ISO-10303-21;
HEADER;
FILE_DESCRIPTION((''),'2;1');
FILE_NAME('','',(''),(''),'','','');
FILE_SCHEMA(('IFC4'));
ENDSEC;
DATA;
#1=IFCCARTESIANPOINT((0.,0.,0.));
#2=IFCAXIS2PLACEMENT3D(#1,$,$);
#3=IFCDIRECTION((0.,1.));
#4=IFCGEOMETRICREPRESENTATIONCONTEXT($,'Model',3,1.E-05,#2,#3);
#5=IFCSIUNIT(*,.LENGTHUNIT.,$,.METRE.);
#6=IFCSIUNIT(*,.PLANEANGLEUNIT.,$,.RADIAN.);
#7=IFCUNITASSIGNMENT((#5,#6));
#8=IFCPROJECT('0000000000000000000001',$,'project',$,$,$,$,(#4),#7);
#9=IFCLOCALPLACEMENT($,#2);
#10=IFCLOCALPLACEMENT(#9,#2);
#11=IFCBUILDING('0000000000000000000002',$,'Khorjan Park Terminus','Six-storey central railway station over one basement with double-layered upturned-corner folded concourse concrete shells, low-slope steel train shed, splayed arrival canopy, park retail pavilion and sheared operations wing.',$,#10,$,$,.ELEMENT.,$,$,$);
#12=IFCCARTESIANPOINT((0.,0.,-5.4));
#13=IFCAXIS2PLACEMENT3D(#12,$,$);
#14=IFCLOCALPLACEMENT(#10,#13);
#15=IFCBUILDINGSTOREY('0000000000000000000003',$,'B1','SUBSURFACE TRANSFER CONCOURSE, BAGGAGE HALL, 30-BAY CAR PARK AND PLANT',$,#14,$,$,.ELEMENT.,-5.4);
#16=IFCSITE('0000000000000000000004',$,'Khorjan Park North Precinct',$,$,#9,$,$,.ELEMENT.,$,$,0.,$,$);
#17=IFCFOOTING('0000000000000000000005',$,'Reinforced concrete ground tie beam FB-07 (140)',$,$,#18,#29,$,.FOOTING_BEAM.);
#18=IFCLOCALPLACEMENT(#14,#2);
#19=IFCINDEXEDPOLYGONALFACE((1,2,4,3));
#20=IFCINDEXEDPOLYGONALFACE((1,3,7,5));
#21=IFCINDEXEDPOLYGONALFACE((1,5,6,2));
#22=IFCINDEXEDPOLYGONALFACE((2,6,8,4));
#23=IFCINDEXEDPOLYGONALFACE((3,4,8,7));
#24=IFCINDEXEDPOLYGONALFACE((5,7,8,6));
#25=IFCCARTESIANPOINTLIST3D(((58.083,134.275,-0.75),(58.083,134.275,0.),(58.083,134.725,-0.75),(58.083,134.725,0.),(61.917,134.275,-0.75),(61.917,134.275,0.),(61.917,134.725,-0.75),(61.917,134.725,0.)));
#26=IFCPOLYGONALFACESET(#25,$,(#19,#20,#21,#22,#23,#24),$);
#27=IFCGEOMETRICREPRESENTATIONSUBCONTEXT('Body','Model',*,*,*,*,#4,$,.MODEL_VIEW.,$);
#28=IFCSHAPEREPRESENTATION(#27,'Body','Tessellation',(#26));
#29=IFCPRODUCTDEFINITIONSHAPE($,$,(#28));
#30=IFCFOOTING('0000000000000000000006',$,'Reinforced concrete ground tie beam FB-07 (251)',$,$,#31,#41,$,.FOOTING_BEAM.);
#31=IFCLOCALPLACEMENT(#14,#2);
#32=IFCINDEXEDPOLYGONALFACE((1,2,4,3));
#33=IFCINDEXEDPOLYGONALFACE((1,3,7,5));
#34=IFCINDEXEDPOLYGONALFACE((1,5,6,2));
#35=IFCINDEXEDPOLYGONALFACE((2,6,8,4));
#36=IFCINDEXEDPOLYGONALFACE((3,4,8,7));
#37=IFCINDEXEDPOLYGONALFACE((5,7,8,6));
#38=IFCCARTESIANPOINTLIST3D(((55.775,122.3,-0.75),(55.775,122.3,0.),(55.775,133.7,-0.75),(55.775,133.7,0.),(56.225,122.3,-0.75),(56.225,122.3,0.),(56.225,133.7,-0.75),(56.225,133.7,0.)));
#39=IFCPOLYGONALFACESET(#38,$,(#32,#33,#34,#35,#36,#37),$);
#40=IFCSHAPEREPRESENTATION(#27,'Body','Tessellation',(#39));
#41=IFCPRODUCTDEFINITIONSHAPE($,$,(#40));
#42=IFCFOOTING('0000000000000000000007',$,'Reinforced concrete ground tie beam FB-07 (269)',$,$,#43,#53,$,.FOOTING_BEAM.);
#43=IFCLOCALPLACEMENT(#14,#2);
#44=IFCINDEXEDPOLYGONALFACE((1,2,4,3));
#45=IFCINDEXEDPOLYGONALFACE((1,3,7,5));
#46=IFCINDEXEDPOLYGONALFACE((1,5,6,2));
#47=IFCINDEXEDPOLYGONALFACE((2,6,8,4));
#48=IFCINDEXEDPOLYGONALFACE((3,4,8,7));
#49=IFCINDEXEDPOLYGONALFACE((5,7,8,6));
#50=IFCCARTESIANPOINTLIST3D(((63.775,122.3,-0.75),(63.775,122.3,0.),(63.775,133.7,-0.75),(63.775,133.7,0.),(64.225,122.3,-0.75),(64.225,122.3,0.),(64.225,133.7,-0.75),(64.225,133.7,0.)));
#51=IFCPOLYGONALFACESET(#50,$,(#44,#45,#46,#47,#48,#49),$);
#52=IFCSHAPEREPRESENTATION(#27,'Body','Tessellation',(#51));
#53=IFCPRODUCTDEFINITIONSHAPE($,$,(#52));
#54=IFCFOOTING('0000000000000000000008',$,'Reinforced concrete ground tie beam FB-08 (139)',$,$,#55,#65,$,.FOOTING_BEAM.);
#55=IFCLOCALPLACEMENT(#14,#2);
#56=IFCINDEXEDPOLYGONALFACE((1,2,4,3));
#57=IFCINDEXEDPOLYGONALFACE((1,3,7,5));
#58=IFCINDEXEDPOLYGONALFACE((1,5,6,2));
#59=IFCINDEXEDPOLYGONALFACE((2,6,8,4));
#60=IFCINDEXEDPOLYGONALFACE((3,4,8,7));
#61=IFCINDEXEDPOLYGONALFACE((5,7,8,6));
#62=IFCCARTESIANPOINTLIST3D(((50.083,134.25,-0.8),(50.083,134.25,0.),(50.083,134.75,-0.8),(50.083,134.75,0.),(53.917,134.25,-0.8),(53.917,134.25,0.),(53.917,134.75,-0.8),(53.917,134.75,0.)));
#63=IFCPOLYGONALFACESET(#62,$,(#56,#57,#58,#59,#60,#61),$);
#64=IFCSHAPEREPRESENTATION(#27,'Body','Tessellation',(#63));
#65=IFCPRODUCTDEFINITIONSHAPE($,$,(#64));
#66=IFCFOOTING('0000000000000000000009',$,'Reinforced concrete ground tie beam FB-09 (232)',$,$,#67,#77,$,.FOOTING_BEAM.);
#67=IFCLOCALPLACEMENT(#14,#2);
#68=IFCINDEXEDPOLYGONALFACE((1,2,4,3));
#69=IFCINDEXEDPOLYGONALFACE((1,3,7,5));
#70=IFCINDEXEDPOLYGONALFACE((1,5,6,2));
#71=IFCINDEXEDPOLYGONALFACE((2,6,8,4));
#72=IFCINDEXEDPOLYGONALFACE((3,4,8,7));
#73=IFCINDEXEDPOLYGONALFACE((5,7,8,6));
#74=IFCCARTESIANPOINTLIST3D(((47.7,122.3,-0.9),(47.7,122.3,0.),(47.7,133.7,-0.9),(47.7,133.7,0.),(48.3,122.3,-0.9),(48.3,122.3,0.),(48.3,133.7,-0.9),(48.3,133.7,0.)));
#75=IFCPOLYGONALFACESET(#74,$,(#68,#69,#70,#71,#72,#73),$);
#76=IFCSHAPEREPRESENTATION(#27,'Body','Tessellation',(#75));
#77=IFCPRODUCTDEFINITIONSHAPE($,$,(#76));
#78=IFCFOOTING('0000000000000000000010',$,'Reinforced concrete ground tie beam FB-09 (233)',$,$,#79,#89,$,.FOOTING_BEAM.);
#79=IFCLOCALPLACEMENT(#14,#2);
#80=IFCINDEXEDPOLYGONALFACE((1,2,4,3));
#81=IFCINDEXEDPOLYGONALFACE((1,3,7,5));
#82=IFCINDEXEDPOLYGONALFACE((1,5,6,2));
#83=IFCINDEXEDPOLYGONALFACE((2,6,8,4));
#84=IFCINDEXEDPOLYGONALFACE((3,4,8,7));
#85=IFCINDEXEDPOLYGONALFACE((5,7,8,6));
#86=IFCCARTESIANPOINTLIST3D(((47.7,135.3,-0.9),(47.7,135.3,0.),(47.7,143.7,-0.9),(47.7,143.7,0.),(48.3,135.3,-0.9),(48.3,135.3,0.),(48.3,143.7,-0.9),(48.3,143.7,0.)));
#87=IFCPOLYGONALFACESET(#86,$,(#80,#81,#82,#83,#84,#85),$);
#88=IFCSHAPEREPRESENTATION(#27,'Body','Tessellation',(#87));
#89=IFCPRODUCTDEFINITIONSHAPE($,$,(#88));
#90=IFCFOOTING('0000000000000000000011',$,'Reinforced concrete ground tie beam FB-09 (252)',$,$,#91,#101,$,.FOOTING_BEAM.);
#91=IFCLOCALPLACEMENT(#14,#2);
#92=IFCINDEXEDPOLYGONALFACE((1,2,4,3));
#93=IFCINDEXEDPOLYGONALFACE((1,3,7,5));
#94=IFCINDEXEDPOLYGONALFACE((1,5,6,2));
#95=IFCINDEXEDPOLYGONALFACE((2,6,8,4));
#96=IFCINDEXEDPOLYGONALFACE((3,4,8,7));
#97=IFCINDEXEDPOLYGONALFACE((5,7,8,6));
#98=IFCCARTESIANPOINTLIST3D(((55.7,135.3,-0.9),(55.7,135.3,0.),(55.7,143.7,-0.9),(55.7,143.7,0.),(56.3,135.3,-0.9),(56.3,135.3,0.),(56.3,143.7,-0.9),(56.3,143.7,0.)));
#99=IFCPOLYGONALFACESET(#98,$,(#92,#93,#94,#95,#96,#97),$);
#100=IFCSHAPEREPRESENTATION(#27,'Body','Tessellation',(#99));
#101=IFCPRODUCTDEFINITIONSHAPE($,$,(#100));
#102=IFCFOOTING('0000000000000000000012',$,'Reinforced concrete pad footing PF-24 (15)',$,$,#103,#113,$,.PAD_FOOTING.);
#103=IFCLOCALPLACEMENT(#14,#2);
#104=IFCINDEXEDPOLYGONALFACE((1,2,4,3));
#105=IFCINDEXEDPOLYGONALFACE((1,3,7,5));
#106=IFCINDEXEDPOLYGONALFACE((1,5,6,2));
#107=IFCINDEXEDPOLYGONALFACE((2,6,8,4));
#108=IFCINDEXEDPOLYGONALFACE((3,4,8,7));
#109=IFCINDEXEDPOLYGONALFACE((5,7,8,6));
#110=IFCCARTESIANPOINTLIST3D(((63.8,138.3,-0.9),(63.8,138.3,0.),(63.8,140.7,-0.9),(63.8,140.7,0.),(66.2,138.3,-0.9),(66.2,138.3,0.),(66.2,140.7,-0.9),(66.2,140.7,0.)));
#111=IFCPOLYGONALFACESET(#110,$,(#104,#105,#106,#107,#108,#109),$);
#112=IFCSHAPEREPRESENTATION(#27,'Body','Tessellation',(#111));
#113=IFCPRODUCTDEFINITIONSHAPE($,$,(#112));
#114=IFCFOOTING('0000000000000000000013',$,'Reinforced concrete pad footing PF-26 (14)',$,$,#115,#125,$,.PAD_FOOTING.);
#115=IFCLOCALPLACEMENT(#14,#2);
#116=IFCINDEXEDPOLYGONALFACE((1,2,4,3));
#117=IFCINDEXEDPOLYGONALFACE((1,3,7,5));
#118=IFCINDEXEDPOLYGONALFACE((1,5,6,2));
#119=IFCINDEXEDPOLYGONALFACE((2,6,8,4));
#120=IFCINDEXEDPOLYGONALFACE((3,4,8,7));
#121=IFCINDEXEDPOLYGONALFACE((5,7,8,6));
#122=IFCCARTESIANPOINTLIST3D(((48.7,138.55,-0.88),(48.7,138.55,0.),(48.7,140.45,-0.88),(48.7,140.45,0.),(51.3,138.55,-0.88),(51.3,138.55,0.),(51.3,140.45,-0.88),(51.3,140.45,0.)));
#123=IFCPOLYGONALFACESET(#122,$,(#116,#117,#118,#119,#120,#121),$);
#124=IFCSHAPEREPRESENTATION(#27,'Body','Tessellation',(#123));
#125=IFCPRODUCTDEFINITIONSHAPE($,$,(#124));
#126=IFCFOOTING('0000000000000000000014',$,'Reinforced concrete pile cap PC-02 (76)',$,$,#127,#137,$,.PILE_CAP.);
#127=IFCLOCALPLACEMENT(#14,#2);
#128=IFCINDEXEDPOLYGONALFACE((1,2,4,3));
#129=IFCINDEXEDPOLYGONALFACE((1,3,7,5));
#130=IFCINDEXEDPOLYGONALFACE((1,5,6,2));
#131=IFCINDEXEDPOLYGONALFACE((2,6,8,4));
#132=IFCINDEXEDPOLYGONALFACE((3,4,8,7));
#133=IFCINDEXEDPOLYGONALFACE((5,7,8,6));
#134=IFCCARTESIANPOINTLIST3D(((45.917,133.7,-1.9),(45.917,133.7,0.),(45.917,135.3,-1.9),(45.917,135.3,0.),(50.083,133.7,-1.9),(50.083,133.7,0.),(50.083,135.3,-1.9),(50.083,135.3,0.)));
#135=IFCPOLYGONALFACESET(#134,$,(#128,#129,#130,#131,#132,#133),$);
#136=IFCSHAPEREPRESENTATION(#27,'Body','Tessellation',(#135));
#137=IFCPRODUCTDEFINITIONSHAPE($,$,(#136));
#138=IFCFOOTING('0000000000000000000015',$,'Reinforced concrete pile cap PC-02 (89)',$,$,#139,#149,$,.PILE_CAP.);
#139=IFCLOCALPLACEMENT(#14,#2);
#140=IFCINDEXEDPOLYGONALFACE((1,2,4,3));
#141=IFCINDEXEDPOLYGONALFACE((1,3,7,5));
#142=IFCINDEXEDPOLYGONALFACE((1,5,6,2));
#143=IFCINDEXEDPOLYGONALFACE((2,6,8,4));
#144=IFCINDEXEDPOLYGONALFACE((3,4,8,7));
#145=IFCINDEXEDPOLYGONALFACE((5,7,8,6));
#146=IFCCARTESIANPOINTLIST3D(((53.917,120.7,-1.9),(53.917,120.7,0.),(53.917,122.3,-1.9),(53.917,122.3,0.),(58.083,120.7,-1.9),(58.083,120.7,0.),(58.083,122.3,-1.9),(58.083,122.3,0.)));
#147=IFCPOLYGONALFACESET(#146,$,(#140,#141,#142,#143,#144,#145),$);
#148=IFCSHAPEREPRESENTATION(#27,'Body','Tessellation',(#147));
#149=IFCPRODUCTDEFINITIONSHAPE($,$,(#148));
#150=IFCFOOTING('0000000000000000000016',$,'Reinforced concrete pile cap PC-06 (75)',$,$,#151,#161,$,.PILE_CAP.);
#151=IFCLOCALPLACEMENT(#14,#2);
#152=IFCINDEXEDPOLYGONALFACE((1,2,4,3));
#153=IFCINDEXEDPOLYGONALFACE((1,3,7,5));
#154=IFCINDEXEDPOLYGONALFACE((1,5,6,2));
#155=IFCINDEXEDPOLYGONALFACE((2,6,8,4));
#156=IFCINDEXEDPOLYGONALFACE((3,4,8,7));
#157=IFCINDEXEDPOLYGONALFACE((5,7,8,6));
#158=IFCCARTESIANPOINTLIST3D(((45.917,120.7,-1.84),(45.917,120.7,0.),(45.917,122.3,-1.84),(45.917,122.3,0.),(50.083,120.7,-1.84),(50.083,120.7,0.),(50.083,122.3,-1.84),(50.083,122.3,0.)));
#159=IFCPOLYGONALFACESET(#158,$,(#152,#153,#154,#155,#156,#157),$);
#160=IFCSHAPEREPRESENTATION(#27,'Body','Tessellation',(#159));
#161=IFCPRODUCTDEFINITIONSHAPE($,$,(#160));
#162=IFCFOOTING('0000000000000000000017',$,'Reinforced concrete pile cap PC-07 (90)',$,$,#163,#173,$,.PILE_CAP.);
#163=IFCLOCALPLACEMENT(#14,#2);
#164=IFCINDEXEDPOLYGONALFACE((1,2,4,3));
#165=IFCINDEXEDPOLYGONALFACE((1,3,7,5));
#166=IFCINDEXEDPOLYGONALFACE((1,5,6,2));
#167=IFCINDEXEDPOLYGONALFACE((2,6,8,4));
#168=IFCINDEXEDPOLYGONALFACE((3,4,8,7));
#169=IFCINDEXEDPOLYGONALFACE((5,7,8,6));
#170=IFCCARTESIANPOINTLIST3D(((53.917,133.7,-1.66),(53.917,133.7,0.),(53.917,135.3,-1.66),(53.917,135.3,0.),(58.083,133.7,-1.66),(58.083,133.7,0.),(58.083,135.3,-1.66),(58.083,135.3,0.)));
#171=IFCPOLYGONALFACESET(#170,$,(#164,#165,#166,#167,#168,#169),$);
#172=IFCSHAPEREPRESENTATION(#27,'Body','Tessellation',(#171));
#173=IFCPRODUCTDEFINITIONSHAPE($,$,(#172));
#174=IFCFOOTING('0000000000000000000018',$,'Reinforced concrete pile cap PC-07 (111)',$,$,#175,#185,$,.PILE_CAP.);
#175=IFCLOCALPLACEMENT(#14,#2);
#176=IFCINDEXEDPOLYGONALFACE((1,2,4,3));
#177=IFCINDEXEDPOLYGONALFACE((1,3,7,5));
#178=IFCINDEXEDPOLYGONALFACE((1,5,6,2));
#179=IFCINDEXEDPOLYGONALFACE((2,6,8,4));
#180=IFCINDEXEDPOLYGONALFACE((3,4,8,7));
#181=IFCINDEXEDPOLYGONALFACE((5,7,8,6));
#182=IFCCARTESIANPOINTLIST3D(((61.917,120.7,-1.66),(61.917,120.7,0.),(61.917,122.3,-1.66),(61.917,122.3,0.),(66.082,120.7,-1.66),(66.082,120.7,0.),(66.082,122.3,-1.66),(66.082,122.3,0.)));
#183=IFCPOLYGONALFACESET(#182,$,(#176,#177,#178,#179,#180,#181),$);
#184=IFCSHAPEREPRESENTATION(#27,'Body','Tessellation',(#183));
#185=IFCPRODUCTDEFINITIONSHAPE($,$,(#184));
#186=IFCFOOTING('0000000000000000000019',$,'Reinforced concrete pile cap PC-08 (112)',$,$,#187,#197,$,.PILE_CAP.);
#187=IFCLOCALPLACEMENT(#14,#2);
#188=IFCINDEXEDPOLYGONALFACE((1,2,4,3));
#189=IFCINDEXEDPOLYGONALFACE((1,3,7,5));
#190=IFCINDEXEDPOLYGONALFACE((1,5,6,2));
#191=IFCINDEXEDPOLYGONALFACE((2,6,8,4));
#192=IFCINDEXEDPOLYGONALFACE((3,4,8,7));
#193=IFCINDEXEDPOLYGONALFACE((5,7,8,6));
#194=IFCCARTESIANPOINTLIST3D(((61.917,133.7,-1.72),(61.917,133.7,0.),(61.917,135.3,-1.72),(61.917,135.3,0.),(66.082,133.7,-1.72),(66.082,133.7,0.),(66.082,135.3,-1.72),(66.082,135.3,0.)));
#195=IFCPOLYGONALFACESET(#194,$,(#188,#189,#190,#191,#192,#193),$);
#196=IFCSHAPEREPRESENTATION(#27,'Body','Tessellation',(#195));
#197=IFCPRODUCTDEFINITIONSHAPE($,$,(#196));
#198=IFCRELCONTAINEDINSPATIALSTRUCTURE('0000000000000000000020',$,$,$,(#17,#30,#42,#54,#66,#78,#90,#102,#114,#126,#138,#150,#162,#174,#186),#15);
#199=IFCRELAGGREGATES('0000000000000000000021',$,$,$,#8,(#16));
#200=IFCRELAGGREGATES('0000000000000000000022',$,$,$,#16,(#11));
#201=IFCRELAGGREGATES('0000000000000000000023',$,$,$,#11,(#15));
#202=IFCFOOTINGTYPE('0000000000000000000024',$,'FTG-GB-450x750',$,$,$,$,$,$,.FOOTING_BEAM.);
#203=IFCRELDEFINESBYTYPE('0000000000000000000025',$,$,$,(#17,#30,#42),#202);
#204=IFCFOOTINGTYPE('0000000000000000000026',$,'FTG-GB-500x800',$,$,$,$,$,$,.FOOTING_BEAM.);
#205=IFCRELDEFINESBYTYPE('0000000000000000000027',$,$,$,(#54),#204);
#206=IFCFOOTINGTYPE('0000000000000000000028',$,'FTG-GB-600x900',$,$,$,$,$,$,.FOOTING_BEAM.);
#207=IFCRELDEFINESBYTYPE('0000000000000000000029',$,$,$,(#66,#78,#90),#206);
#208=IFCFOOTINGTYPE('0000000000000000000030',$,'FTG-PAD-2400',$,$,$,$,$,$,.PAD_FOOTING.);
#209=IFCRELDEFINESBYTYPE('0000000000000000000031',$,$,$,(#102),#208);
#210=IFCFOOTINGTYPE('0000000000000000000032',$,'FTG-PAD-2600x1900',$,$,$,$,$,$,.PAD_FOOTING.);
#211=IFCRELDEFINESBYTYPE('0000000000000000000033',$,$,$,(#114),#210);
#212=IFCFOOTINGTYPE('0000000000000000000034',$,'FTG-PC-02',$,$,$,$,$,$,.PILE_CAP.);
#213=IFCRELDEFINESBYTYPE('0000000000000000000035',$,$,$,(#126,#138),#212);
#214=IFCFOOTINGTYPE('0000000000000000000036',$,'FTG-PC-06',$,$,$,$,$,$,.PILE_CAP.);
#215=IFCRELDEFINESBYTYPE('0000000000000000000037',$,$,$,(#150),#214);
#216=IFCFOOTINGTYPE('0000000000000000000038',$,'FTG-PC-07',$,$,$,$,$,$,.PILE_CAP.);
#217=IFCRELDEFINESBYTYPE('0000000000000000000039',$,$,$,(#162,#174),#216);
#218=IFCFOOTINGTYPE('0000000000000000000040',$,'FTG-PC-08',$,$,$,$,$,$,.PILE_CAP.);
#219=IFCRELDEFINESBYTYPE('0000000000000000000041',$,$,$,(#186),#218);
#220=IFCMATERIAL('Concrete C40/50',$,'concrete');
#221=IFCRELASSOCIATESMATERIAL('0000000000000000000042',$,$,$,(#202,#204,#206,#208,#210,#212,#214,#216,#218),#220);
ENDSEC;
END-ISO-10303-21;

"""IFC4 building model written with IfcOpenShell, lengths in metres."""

from ifc_helpers import new_model, si_unit, direction, frame, origin, origin_2d, place, context, subcontext, project, spatial, rectangle, extrude, material, material_profile, profile_set, type_object, element, save


model = new_model("IFC4")

# Units and contexts
model_context = context("Model", 3, precision=1e-05, world=origin(), true_north=direction((0.0, 1.0)))
body_context = subcontext(model_context, "Body", "Model", "MODEL_VIEW")
ifc_project = project(units=[si_unit("LENGTHUNIT", "METRE"), si_unit("PLANEANGLEUNIT", "RADIAN")], contexts=[model_context])

# Site, building, storey
site_placement = place(None, origin())
site = spatial("IfcSite", under=ifc_project, at=site_placement, Name="Khorjan Park North Precinct", CompositionType="ELEMENT", RefElevation=0.0)
building_placement = place(site_placement, origin())
building = spatial("IfcBuilding", under=site, at=building_placement, Name="Khorjan Park Terminus", Description="Six-storey central railway station over one basement with double-layered upturned-corner folded concourse concrete shells, low-slope steel train shed, splayed arrival canopy, park retail pavilion and sheared operations wing.", CompositionType="ELEMENT")
storey_placement = place(building_placement, frame((0.0, 0.0, -5.4)))
storey = spatial("IfcBuildingStorey", under=building, at=storey_placement, Name="B1", Description="SUBSURFACE TRANSFER CONCOURSE, BAGGAGE HALL, 30-BAY CAR PARK AND PLANT", CompositionType="ELEMENT", Elevation=-5.4)

# Footings
ifc_material_1 = material(Name="Concrete C40/50", Category="concrete")
ifc_material_profile_1 = material_profile(ifc_material_1, rectangle(XDim=0.45, YDim=0.75, at=origin_2d()), Name="RC 450x750")
ifc_profile_set_1 = profile_set([ifc_material_profile_1], Name="Concrete C40/50")
footing_type_1 = type_object("IfcFootingType", Name="FTG-GB-450x750", PredefinedType="FOOTING_BEAM", material=ifc_profile_set_1)
footing_1_placement = place(storey_placement, frame((58.083, 134.5, -0.375), z_axis=(1.0, 0.0, 0.0), x_axis=(0.0, 1.0, 0.0)))
element("IfcFooting", 1, at=footing_1_placement, inside=storey, type_object=footing_type_1, Name="Reinforced concrete ground tie beam FB-07 (140)", PredefinedType="FOOTING_BEAM", context=body_context, shape_type="SweptSolid", body=[
    extrude(rectangle(XDim=0.45, YDim=0.75, at=origin_2d()), origin(), (0.0, 0.0, 1.0), 3.834),
])
for number, where, z_axis, x_axis, name in (
    (2, (56.0, 122.3, -0.375), (0.0, 1.0, 0.0), (-1.0, 0.0, 0.0), "Reinforced concrete ground tie beam FB-07 (251)"),
    (3, (64.0, 122.3, -0.375), (0.0, 1.0, 0.0), (-1.0, 0.0, 0.0), "Reinforced concrete ground tie beam FB-07 (269)"),
):
    element("IfcFooting", number, at=place(storey_placement, frame(where, z_axis=z_axis, x_axis=x_axis)), inside=storey, type_object=footing_type_1, Name=name, PredefinedType="FOOTING_BEAM", context=body_context, shape_type="SweptSolid", body=[
        extrude(rectangle(XDim=0.45, YDim=0.75, at=origin_2d()), origin(), (0.0, 0.0, 1.0), 11.4),
    ])
ifc_material_profile_2 = material_profile(ifc_material_1, rectangle(XDim=0.5, YDim=0.8, at=origin_2d()), Name="RC 500x800")
ifc_profile_set_2 = profile_set([ifc_material_profile_2], Name="Concrete C40/50")
footing_type_2 = type_object("IfcFootingType", Name="FTG-GB-500x800", PredefinedType="FOOTING_BEAM", material=ifc_profile_set_2)
footing_2_placement = place(storey_placement, frame((50.083, 134.5, -0.4), z_axis=(1.0, 0.0, 0.0), x_axis=(0.0, 1.0, 0.0)))
element("IfcFooting", 4, at=footing_2_placement, inside=storey, type_object=footing_type_2, Name="Reinforced concrete ground tie beam FB-08 (139)", PredefinedType="FOOTING_BEAM", context=body_context, shape_type="SweptSolid", body=[
    extrude(rectangle(XDim=0.5, YDim=0.8, at=origin_2d()), origin(), (0.0, 0.0, 1.0), 3.834),
])
ifc_material_profile_3 = material_profile(ifc_material_1, rectangle(XDim=0.6, YDim=0.9, at=origin_2d()), Name="RC 600x900")
ifc_profile_set_3 = profile_set([ifc_material_profile_3], Name="Concrete C40/50")
footing_type_3 = type_object("IfcFootingType", Name="FTG-GB-600x900", PredefinedType="FOOTING_BEAM", material=ifc_profile_set_3)
footing_3_placement = place(storey_placement, frame((48.0, 122.3, -0.45), z_axis=(0.0, 1.0, 0.0), x_axis=(-1.0, 0.0, 0.0)))
element("IfcFooting", 5, at=footing_3_placement, inside=storey, type_object=footing_type_3, Name="Reinforced concrete ground tie beam FB-09 (232)", PredefinedType="FOOTING_BEAM", context=body_context, shape_type="SweptSolid", body=[
    extrude(rectangle(XDim=0.6, YDim=0.9, at=origin_2d()), origin(), (0.0, 0.0, 1.0), 11.4),
])
for number, where, z_axis, x_axis, name in (
    (6, (48.0, 135.3, -0.45), (0.0, 1.0, 0.0), (-1.0, 0.0, 0.0), "Reinforced concrete ground tie beam FB-09 (233)"),
    (7, (56.0, 135.3, -0.45), (0.0, 1.0, 0.0), (-1.0, 0.0, 0.0), "Reinforced concrete ground tie beam FB-09 (252)"),
):
    element("IfcFooting", number, at=place(storey_placement, frame(where, z_axis=z_axis, x_axis=x_axis)), inside=storey, type_object=footing_type_3, Name=name, PredefinedType="FOOTING_BEAM", context=body_context, shape_type="SweptSolid", body=[
        extrude(rectangle(XDim=0.6, YDim=0.9, at=origin_2d()), origin(), (0.0, 0.0, 1.0), 8.4),
    ])
footing_type_4 = type_object("IfcFootingType", Name="FTG-PAD-2400", PredefinedType="PAD_FOOTING", material=ifc_material_1)
footing_4_placement = place(storey_placement, frame((65.0, 139.5, -0.9), z_axis=(0.0, 0.0, 1.0), x_axis=(1.0, 0.0, 0.0)))
element("IfcFooting", 8, at=footing_4_placement, inside=storey, type_object=footing_type_4, Name="Reinforced concrete pad footing PF-24 (15)", PredefinedType="PAD_FOOTING", context=body_context, shape_type="SweptSolid", body=[
    extrude(rectangle(XDim=2.4, YDim=2.4, at=origin_2d()), origin(), (0.0, 0.0, 1.0), 0.9),
])
footing_type_5 = type_object("IfcFootingType", Name="FTG-PAD-2600x1900", PredefinedType="PAD_FOOTING", material=ifc_material_1)
footing_5_placement = place(storey_placement, frame((50.0, 139.5, -0.88), z_axis=(0.0, 0.0, 1.0), x_axis=(1.0, 0.0, 0.0)))
element("IfcFooting", 9, at=footing_5_placement, inside=storey, type_object=footing_type_5, Name="Reinforced concrete pad footing PF-26 (14)", PredefinedType="PAD_FOOTING", context=body_context, shape_type="SweptSolid", body=[
    extrude(rectangle(XDim=2.6, YDim=1.9, at=origin_2d()), origin(), (0.0, 0.0, 1.0), 0.88),
])
footing_type_6 = type_object("IfcFootingType", Name="FTG-PC-02", PredefinedType="PILE_CAP", material=ifc_material_1)
for number, where, z_axis, x_axis, name in (
    (10, (48.0, 134.5, -1.9), (0.0, 0.0, 1.0), (1.0, 0.0, 0.0), "Reinforced concrete pile cap PC-02 (76)"),
    (11, (56.0, 121.5, -1.9), (0.0, 0.0, 1.0), (1.0, 0.0, 0.0), "Reinforced concrete pile cap PC-02 (89)"),
):
    element("IfcFooting", number, at=place(storey_placement, frame(where, z_axis=z_axis, x_axis=x_axis)), inside=storey, type_object=footing_type_6, Name=name, PredefinedType="PILE_CAP", context=body_context, shape_type="SweptSolid", body=[
        extrude(rectangle(XDim=4.166, YDim=1.6, at=origin_2d()), origin(), (0.0, 0.0, 1.0), 1.9),
    ])
footing_type_7 = type_object("IfcFootingType", Name="FTG-PC-06", PredefinedType="PILE_CAP", material=ifc_material_1)
footing_6_placement = place(storey_placement, frame((48.0, 121.5, -1.84), z_axis=(0.0, 0.0, 1.0), x_axis=(1.0, 0.0, 0.0)))
element("IfcFooting", 12, at=footing_6_placement, inside=storey, type_object=footing_type_7, Name="Reinforced concrete pile cap PC-06 (75)", PredefinedType="PILE_CAP", context=body_context, shape_type="SweptSolid", body=[
    extrude(rectangle(XDim=4.166, YDim=1.6, at=origin_2d()), origin(), (0.0, 0.0, 1.0), 1.84),
])
footing_type_8 = type_object("IfcFootingType", Name="FTG-PC-07", PredefinedType="PILE_CAP", material=ifc_material_1)
footing_7_placement = place(storey_placement, frame((56.0, 134.5, -1.66), z_axis=(0.0, 0.0, 1.0), x_axis=(1.0, 0.0, 0.0)))
element("IfcFooting", 13, at=footing_7_placement, inside=storey, type_object=footing_type_8, Name="Reinforced concrete pile cap PC-07 (90)", PredefinedType="PILE_CAP", context=body_context, shape_type="SweptSolid", body=[
    extrude(rectangle(XDim=4.166, YDim=1.6, at=origin_2d()), origin(), (0.0, 0.0, 1.0), 1.66),
])
footing_8_placement = place(storey_placement, frame((63.9995, 121.5, -1.66), z_axis=(0.0, 0.0, 1.0), x_axis=(1.0, 0.0, 0.0)))
element("IfcFooting", 14, at=footing_8_placement, inside=storey, type_object=footing_type_8, Name="Reinforced concrete pile cap PC-07 (111)", PredefinedType="PILE_CAP", context=body_context, shape_type="SweptSolid", body=[
    extrude(rectangle(XDim=4.165, YDim=1.6, at=origin_2d()), origin(), (0.0, 0.0, 1.0), 1.66),
])
footing_type_9 = type_object("IfcFootingType", Name="FTG-PC-08", PredefinedType="PILE_CAP", material=ifc_material_1)
footing_9_placement = place(storey_placement, frame((63.9995, 134.5, -1.72), z_axis=(0.0, 0.0, 1.0), x_axis=(1.0, 0.0, 0.0)))
element("IfcFooting", 15, at=footing_9_placement, inside=storey, type_object=footing_type_9, Name="Reinforced concrete pile cap PC-08 (112)", PredefinedType="PILE_CAP", context=body_context, shape_type="SweptSolid", body=[
    extrude(rectangle(XDim=4.165, YDim=1.6, at=origin_2d()), origin(), (0.0, 0.0, 1.0), 1.72),
])

save(model, "model.ifc")
